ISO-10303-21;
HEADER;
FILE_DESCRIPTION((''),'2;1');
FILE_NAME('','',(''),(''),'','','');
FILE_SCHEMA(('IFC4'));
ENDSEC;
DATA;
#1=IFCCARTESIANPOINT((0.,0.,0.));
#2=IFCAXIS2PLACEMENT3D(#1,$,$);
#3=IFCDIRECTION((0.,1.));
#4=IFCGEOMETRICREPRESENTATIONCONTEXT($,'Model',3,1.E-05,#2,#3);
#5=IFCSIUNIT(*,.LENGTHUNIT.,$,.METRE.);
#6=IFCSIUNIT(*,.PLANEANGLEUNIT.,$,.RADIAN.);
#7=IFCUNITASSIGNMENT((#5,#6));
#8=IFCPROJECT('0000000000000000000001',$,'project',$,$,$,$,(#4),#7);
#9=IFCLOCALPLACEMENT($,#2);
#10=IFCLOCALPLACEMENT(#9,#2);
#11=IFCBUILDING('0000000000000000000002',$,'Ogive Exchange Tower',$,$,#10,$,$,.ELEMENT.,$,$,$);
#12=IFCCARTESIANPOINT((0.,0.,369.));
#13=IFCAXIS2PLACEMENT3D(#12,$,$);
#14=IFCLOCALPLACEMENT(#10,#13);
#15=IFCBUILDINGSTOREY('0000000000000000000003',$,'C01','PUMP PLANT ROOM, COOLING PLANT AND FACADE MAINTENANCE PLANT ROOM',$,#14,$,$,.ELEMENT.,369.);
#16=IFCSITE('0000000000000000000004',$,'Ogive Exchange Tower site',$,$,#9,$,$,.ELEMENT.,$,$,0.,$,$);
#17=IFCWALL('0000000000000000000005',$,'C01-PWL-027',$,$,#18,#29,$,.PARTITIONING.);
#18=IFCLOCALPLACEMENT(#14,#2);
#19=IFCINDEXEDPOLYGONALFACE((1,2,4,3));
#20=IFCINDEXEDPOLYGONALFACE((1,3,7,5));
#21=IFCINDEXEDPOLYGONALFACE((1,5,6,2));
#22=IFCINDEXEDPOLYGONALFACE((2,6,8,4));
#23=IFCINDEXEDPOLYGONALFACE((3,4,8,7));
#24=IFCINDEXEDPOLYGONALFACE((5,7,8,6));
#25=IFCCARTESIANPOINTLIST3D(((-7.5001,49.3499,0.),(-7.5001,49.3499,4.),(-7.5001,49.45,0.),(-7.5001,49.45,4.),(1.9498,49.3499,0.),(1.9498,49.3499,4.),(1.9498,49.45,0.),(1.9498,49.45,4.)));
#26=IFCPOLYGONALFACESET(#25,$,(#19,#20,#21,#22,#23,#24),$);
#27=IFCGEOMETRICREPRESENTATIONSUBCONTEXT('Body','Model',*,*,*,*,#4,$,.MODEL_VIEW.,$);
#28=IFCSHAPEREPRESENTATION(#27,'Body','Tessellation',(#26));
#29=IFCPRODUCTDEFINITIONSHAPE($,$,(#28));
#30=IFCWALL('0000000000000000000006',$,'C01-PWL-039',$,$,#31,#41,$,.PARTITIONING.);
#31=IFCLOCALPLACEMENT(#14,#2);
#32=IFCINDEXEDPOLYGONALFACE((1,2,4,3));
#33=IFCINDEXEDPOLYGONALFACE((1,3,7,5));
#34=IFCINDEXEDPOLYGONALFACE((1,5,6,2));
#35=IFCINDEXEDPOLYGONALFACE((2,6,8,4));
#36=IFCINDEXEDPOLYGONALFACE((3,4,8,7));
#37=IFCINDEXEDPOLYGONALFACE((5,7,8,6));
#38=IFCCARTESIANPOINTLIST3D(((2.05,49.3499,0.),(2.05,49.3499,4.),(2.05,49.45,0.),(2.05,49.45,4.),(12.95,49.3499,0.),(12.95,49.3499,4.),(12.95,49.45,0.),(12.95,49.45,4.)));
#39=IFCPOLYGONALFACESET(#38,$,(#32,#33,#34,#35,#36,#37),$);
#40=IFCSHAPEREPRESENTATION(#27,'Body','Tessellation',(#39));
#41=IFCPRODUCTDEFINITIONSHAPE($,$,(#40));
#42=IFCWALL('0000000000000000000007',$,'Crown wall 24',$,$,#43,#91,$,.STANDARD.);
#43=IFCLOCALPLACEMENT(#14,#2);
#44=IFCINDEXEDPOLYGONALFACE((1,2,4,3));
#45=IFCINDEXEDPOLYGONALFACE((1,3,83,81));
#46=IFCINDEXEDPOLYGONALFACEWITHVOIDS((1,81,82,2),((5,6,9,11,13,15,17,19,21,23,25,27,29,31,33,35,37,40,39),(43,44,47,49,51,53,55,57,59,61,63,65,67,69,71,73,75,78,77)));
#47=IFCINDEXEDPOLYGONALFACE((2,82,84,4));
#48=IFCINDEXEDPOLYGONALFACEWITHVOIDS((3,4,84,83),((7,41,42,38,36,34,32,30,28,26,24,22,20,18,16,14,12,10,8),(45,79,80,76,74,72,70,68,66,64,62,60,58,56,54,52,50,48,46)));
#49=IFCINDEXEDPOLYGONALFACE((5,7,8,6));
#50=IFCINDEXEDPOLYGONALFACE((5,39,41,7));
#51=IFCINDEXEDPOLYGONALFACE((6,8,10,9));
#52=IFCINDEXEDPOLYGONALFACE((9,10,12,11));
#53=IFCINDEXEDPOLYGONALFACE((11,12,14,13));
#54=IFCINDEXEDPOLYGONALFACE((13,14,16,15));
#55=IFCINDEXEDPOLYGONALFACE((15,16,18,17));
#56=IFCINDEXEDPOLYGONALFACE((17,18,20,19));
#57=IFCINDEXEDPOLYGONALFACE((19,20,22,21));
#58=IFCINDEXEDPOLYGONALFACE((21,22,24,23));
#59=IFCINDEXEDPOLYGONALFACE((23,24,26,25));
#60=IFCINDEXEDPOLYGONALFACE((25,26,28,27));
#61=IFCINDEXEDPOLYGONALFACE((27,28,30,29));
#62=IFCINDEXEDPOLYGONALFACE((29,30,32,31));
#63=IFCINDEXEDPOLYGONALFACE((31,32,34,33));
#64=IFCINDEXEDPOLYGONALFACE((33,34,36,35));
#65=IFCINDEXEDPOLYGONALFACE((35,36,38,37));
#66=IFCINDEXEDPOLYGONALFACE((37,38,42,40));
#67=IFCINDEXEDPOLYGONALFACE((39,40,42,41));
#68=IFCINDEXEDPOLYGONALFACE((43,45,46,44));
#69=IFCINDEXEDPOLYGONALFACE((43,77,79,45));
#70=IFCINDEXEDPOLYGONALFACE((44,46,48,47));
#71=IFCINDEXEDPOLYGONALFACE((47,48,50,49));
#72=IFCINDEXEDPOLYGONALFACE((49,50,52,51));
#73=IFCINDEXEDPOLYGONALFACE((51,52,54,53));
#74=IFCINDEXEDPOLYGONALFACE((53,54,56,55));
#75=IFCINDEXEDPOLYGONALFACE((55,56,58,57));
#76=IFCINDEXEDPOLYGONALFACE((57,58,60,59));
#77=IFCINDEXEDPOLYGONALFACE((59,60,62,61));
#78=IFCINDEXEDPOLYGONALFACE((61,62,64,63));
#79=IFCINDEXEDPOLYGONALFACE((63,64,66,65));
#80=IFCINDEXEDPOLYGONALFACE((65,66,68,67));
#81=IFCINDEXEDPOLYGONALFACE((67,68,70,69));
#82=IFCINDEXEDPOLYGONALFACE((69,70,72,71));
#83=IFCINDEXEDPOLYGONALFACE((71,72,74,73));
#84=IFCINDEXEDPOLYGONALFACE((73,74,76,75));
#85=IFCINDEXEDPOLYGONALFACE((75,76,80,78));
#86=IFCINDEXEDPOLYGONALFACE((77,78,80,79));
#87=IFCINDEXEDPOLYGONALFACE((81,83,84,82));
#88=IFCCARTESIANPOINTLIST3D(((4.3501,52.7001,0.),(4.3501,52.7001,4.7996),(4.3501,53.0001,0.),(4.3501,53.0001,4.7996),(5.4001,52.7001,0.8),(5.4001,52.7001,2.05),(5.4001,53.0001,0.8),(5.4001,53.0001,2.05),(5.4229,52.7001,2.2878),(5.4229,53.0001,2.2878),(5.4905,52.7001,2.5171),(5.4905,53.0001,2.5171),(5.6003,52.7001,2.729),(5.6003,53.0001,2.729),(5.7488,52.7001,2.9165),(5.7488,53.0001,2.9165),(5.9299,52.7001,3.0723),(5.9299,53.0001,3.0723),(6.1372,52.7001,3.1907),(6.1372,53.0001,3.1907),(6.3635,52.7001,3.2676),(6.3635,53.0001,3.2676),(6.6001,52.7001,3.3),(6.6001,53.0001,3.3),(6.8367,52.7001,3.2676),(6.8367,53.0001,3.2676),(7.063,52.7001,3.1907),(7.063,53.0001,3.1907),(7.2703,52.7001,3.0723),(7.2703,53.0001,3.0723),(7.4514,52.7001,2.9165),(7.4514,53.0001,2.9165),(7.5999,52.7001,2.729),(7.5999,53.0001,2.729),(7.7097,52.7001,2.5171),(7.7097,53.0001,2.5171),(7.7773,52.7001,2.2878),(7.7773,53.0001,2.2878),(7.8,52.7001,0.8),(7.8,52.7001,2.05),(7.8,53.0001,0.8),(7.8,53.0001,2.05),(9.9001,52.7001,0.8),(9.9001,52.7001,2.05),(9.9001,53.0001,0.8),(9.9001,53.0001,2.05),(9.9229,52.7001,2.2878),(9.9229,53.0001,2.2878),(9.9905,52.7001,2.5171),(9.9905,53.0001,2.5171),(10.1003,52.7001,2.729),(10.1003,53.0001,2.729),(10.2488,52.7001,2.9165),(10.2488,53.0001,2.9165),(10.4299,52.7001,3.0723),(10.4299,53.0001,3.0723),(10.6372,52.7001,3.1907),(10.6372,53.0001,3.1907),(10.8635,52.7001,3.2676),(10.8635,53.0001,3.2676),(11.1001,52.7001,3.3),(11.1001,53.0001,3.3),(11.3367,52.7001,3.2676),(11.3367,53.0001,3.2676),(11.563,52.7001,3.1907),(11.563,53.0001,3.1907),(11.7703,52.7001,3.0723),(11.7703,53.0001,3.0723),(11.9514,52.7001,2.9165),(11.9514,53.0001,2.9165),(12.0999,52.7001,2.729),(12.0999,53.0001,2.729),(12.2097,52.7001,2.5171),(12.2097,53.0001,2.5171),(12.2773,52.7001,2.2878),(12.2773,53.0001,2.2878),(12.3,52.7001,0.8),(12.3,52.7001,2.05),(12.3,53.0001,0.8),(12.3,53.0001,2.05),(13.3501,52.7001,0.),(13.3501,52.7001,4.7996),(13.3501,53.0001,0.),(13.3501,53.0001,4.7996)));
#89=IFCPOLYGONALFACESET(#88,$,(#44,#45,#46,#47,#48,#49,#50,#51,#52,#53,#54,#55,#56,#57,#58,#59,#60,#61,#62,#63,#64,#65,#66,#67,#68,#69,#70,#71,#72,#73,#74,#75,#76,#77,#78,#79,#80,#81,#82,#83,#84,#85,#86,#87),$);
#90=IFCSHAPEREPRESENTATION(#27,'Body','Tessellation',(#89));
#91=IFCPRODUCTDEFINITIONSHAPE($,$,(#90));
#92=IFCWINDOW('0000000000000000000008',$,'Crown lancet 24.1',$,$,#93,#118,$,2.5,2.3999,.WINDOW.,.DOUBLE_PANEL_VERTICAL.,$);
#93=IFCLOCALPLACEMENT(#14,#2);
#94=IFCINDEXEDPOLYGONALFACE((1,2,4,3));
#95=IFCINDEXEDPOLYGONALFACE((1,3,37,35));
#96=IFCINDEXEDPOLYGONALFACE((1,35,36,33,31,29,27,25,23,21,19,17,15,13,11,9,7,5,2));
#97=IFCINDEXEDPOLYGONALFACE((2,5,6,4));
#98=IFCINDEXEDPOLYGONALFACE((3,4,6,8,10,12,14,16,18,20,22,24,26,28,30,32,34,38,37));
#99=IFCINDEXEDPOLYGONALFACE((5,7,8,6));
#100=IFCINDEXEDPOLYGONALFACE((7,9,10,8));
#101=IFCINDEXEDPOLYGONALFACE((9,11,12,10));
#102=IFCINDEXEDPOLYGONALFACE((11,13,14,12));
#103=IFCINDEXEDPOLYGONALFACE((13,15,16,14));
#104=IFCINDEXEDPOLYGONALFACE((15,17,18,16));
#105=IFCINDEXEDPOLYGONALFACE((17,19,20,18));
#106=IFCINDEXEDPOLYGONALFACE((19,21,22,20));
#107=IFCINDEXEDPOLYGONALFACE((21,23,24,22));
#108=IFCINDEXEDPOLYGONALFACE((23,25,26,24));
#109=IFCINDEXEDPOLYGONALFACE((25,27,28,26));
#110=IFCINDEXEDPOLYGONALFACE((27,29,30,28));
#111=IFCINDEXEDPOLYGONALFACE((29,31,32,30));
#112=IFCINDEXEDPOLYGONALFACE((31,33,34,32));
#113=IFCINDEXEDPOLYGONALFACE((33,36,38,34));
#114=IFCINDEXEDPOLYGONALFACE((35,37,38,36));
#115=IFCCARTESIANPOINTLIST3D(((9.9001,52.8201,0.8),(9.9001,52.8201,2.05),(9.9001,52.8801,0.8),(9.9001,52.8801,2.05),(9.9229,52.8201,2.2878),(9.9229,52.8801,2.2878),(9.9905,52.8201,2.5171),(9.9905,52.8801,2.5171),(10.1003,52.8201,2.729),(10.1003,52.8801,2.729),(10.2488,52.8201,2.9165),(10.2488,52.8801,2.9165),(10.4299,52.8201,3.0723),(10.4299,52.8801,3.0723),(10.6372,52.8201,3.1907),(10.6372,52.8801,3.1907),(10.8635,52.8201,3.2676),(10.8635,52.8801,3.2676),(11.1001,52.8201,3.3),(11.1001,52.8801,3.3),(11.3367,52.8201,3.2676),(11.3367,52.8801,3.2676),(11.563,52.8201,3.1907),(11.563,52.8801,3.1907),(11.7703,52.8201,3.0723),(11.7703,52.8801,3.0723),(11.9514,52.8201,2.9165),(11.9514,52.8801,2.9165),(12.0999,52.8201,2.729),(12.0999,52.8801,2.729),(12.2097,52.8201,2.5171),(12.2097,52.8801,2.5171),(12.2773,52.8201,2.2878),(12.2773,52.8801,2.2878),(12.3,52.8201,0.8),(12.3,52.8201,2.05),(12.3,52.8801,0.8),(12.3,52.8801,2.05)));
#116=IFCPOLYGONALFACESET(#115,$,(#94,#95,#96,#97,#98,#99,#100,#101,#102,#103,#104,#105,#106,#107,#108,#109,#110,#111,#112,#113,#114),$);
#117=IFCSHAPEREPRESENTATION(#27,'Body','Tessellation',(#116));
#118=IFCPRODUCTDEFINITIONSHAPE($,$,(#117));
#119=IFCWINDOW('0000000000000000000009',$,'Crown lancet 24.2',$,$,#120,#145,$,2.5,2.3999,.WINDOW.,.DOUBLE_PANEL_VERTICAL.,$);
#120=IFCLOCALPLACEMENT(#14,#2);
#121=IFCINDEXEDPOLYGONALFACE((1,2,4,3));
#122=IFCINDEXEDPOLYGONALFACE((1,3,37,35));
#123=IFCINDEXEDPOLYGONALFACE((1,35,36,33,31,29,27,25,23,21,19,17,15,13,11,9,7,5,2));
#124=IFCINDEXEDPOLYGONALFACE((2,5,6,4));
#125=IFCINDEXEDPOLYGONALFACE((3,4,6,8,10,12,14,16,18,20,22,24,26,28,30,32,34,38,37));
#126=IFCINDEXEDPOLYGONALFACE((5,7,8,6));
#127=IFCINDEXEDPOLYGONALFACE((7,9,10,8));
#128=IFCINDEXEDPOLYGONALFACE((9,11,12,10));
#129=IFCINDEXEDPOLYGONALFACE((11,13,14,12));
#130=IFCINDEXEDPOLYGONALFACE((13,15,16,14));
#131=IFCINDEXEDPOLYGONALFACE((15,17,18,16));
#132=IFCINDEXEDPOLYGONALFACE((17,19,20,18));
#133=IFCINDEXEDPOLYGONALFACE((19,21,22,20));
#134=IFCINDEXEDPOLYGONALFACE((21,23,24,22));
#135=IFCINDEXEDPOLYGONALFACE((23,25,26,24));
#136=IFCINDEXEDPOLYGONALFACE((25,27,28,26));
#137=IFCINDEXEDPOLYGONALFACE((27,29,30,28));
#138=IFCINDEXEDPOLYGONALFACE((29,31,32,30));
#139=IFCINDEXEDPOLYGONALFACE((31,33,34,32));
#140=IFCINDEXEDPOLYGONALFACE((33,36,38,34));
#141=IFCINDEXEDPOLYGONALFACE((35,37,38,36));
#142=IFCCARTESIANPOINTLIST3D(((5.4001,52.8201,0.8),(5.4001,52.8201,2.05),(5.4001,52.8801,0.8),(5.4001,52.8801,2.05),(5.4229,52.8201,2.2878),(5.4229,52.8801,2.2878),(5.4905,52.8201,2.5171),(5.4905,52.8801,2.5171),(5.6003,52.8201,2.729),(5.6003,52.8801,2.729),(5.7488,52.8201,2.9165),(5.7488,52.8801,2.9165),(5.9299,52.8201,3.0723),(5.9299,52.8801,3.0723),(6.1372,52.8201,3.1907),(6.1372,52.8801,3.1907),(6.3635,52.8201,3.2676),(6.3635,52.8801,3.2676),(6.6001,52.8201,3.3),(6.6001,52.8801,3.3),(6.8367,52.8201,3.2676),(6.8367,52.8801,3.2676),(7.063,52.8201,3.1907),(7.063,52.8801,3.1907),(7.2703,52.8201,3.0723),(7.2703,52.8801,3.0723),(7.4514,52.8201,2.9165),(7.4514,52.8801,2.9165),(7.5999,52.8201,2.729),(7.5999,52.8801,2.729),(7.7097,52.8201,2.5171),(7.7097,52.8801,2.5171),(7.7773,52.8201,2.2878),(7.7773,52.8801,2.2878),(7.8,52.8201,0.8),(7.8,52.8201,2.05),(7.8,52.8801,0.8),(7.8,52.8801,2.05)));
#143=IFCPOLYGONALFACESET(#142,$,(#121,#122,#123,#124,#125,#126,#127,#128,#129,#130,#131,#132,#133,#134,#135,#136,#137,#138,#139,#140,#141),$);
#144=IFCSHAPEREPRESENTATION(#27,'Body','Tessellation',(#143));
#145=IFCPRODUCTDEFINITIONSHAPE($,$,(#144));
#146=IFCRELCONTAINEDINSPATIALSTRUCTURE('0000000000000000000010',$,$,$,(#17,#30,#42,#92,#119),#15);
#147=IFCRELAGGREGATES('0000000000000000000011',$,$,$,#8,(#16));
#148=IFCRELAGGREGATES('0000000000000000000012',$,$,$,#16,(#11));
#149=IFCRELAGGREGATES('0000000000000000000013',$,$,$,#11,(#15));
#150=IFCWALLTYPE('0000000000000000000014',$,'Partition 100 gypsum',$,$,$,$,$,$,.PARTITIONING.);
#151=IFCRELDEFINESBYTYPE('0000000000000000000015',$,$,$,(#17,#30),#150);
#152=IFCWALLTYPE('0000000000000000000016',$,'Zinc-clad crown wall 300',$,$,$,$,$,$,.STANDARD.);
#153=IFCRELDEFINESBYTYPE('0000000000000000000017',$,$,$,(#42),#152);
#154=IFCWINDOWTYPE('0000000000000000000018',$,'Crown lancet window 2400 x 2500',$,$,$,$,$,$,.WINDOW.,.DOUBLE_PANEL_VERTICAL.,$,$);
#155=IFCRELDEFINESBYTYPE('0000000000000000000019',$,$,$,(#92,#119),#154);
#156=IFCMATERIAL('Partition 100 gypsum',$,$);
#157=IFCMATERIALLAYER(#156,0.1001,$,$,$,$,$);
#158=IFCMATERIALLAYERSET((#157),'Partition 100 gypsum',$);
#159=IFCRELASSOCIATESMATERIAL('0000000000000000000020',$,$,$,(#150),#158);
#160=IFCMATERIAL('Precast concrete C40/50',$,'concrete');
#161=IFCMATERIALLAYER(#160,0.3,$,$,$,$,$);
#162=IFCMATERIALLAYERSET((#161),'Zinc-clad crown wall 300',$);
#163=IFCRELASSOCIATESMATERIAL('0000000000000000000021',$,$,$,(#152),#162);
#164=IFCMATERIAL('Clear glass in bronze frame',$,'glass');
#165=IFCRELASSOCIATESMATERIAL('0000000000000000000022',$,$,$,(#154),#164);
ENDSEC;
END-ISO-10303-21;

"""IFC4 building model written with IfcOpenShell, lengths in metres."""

from ifc_helpers import new_model, si_unit, direction, frame, frame_2d, origin, place, context, subcontext, project, spatial, polyline, rectangle, outline, extrude, material, layer, layer_set, type_object, element, fill, save


model = new_model("IFC4")

# Units and contexts
model_context = context("Model", 3, precision=1e-05, world=origin(), true_north=direction((0.0, 1.0)))
body_context = subcontext(model_context, "Body", "Model", "MODEL_VIEW")
ifc_project = project(units=[si_unit("LENGTHUNIT", "METRE"), si_unit("PLANEANGLEUNIT", "RADIAN")], contexts=[model_context])

# Site, building, storey
site_placement = place(None, origin())
site = spatial("IfcSite", under=ifc_project, at=site_placement, Name="Ogive Exchange Tower site", CompositionType="ELEMENT", RefElevation=0.0)
building_placement = place(site_placement, origin())
building = spatial("IfcBuilding", under=site, at=building_placement, Name="Ogive Exchange Tower", CompositionType="ELEMENT")
storey_placement = place(building_placement, frame((0.0, 0.0, 369.0)))
storey = spatial("IfcBuildingStorey", under=building, at=storey_placement, Name="C01", Description="PUMP PLANT ROOM, COOLING PLANT AND FACADE MAINTENANCE PLANT ROOM", CompositionType="ELEMENT", Elevation=369.0)

# Walls
ifc_material_1 = material(Name="Partition 100 gypsum")
ifc_layer_1 = layer(ifc_material_1, 0.1001)
ifc_layer_set_1 = layer_set([ifc_layer_1], Name="Partition 100 gypsum")
wall_type_1 = type_object("IfcWallType", Name="Partition 100 gypsum", PredefinedType="PARTITIONING", material=ifc_layer_set_1)
wall_1_placement = place(storey_placement, frame((1.95, 49.3999, 0.0), z_axis=(0.0, 0.0, 1.0), x_axis=(-1.0, 0.0, 0.0)))
element("IfcWall", 1, at=wall_1_placement, inside=storey, type_object=wall_type_1, Name="C01-PWL-027", PredefinedType="PARTITIONING", context=body_context, shape_type="SweptSolid", body=[
    extrude(rectangle(XDim=9.45, YDim=0.1001, at=frame_2d((4.7251, 0.0))), origin(), (0.0, 0.0, 1.0), 4.0),
])
wall_2_placement = place(storey_placement, frame((12.95, 49.3999, 0.0), z_axis=(0.0, 0.0, 1.0), x_axis=(-1.0, 0.0, 0.0)))
element("IfcWall", 2, at=wall_2_placement, inside=storey, type_object=wall_type_1, Name="C01-PWL-039", PredefinedType="PARTITIONING", context=body_context, shape_type="SweptSolid", body=[
    extrude(rectangle(XDim=10.8999, YDim=0.1001, at=frame_2d((5.45, 0.0))), origin(), (0.0, 0.0, 1.0), 4.0),
])

# Wall, openings, windows
ifc_material_2 = material(Name="Precast concrete C40/50", Category="concrete")
ifc_layer_2 = layer(ifc_material_2, 0.3)
ifc_layer_set_2 = layer_set([ifc_layer_2], Name="Zinc-clad crown wall 300")
wall_type_2 = type_object("IfcWallType", Name="Zinc-clad crown wall 300", PredefinedType="STANDARD", material=ifc_layer_set_2)
wall_3_placement = place(storey_placement, frame((13.3501, 52.8501, 0.0), z_axis=(0.0, 0.0, 1.0), x_axis=(-1.0, 0.0, 0.0)))
wall_3 = element("IfcWall", 3, at=wall_3_placement, inside=storey, type_object=wall_type_2, Name="Crown wall 24", PredefinedType="STANDARD", context=body_context, shape_type="SweptSolid", body=[
    extrude(rectangle(XDim=9.0, YDim=0.3, at=frame_2d((4.5, 0.0))), origin(), (0.0, 0.0, 1.0), 4.7996),
])
opening_1_placement = place(wall_3_placement, frame((1.05, 0.0, 0.8)))
opening_1 = element("IfcOpeningElement", 4, at=opening_1_placement, cuts=wall_3, PredefinedType="OPENING", context=body_context, shape_type="SweptSolid", body=[
    extrude(outline(polyline([(0.0, 0.0), (2.3999, 0.0), (2.3999, 1.25), (2.3772, 1.4878), (2.3096, 1.717), (2.1997, 1.929), (2.0513, 2.1165), (1.8701, 2.2722), (1.6628, 2.3906), (1.4365, 2.4675), (1.2, 2.5), (0.9634, 2.4675), (0.7371, 2.3906), (0.5298, 2.2722), (0.3486, 2.1165), (0.2002, 1.929), (0.0903, 1.717), (0.0227, 1.4878), (0.0, 1.25), (0.0, 0.0)])), frame((0.0, 0.1599, 0.0), z_axis=(0.0, -1.0, 0.0), x_axis=(1.0, 0.0, 0.0)), (0.0, 0.0, 1.0), 0.3201),
])
opening_2_placement = place(wall_3_placement, frame((5.55, 0.0, 0.8)))
opening_2 = element("IfcOpeningElement", 5, at=opening_2_placement, cuts=wall_3, PredefinedType="OPENING", context=body_context, shape_type="SweptSolid", body=[
    extrude(outline(polyline([(0.0, 0.0), (2.3999, 0.0), (2.3999, 1.25), (2.3772, 1.4878), (2.3096, 1.717), (2.1997, 1.929), (2.0513, 2.1165), (1.8701, 2.2722), (1.6628, 2.3906), (1.4365, 2.4675), (1.2, 2.5), (0.9634, 2.4675), (0.7371, 2.3906), (0.5298, 2.2722), (0.3486, 2.1165), (0.2002, 1.929), (0.0903, 1.717), (0.0227, 1.4878), (0.0, 1.25), (0.0, 0.0)])), frame((0.0, 0.1599, 0.0), z_axis=(0.0, -1.0, 0.0), x_axis=(1.0, 0.0, 0.0)), (0.0, 0.0, 1.0), 0.3201),
])
ifc_material_3 = material(Name="Clear glass in bronze frame", Category="glass")
window_type = type_object("IfcWindowType", Name="Crown lancet window 2400 x 2500", PartitioningType="DOUBLE_PANEL_VERTICAL", PredefinedType="WINDOW", material=ifc_material_3)
window_1_placement = place(opening_1_placement, origin())
window_1 = element("IfcWindow", 6, at=window_1_placement, inside=storey, type_object=window_type, Name="Crown lancet 24.1", OverallHeight=2.5, OverallWidth=2.3999, PartitioningType="DOUBLE_PANEL_VERTICAL", PredefinedType="WINDOW", context=body_context, shape_type="SweptSolid", body=[
    extrude(outline(polyline([(0.0, 0.0), (2.3999, 0.0), (2.3999, 1.25), (2.3772, 1.4878), (2.3096, 1.717), (2.1997, 1.929), (2.0513, 2.1165), (1.8701, 2.2722), (1.6628, 2.3906), (1.4365, 2.4675), (1.2, 2.5), (0.9634, 2.4675), (0.7371, 2.3906), (0.5298, 2.2722), (0.3486, 2.1165), (0.2002, 1.929), (0.0903, 1.717), (0.0227, 1.4878), (0.0, 1.25), (0.0, 0.0)])), frame((0.0, 0.03, 0.0), z_axis=(0.0, -1.0, 0.0), x_axis=(1.0, 0.0, 0.0)), (0.0, 0.0, 1.0), 0.0601),
])
fill(opening_1, window_1)
window_2_placement = place(opening_2_placement, origin())
window_2 = element("IfcWindow", 7, at=window_2_placement, inside=storey, type_object=window_type, Name="Crown lancet 24.2", OverallHeight=2.5, OverallWidth=2.3999, PartitioningType="DOUBLE_PANEL_VERTICAL", PredefinedType="WINDOW", context=body_context, shape_type="SweptSolid", body=[
    extrude(outline(polyline([(0.0, 0.0), (2.3999, 0.0), (2.3999, 1.25), (2.3772, 1.4878), (2.3096, 1.717), (2.1997, 1.929), (2.0513, 2.1165), (1.8701, 2.2722), (1.6628, 2.3906), (1.4365, 2.4675), (1.2, 2.5), (0.9634, 2.4675), (0.7371, 2.3906), (0.5298, 2.2722), (0.3486, 2.1165), (0.2002, 1.929), (0.0903, 1.717), (0.0227, 1.4878), (0.0, 1.25), (0.0, 0.0)])), frame((0.0, 0.03, 0.0), z_axis=(0.0, -1.0, 0.0), x_axis=(1.0, 0.0, 0.0)), (0.0, 0.0, 1.0), 0.0601),
])
fill(opening_2, window_2)

save(model, "model.ifc")
